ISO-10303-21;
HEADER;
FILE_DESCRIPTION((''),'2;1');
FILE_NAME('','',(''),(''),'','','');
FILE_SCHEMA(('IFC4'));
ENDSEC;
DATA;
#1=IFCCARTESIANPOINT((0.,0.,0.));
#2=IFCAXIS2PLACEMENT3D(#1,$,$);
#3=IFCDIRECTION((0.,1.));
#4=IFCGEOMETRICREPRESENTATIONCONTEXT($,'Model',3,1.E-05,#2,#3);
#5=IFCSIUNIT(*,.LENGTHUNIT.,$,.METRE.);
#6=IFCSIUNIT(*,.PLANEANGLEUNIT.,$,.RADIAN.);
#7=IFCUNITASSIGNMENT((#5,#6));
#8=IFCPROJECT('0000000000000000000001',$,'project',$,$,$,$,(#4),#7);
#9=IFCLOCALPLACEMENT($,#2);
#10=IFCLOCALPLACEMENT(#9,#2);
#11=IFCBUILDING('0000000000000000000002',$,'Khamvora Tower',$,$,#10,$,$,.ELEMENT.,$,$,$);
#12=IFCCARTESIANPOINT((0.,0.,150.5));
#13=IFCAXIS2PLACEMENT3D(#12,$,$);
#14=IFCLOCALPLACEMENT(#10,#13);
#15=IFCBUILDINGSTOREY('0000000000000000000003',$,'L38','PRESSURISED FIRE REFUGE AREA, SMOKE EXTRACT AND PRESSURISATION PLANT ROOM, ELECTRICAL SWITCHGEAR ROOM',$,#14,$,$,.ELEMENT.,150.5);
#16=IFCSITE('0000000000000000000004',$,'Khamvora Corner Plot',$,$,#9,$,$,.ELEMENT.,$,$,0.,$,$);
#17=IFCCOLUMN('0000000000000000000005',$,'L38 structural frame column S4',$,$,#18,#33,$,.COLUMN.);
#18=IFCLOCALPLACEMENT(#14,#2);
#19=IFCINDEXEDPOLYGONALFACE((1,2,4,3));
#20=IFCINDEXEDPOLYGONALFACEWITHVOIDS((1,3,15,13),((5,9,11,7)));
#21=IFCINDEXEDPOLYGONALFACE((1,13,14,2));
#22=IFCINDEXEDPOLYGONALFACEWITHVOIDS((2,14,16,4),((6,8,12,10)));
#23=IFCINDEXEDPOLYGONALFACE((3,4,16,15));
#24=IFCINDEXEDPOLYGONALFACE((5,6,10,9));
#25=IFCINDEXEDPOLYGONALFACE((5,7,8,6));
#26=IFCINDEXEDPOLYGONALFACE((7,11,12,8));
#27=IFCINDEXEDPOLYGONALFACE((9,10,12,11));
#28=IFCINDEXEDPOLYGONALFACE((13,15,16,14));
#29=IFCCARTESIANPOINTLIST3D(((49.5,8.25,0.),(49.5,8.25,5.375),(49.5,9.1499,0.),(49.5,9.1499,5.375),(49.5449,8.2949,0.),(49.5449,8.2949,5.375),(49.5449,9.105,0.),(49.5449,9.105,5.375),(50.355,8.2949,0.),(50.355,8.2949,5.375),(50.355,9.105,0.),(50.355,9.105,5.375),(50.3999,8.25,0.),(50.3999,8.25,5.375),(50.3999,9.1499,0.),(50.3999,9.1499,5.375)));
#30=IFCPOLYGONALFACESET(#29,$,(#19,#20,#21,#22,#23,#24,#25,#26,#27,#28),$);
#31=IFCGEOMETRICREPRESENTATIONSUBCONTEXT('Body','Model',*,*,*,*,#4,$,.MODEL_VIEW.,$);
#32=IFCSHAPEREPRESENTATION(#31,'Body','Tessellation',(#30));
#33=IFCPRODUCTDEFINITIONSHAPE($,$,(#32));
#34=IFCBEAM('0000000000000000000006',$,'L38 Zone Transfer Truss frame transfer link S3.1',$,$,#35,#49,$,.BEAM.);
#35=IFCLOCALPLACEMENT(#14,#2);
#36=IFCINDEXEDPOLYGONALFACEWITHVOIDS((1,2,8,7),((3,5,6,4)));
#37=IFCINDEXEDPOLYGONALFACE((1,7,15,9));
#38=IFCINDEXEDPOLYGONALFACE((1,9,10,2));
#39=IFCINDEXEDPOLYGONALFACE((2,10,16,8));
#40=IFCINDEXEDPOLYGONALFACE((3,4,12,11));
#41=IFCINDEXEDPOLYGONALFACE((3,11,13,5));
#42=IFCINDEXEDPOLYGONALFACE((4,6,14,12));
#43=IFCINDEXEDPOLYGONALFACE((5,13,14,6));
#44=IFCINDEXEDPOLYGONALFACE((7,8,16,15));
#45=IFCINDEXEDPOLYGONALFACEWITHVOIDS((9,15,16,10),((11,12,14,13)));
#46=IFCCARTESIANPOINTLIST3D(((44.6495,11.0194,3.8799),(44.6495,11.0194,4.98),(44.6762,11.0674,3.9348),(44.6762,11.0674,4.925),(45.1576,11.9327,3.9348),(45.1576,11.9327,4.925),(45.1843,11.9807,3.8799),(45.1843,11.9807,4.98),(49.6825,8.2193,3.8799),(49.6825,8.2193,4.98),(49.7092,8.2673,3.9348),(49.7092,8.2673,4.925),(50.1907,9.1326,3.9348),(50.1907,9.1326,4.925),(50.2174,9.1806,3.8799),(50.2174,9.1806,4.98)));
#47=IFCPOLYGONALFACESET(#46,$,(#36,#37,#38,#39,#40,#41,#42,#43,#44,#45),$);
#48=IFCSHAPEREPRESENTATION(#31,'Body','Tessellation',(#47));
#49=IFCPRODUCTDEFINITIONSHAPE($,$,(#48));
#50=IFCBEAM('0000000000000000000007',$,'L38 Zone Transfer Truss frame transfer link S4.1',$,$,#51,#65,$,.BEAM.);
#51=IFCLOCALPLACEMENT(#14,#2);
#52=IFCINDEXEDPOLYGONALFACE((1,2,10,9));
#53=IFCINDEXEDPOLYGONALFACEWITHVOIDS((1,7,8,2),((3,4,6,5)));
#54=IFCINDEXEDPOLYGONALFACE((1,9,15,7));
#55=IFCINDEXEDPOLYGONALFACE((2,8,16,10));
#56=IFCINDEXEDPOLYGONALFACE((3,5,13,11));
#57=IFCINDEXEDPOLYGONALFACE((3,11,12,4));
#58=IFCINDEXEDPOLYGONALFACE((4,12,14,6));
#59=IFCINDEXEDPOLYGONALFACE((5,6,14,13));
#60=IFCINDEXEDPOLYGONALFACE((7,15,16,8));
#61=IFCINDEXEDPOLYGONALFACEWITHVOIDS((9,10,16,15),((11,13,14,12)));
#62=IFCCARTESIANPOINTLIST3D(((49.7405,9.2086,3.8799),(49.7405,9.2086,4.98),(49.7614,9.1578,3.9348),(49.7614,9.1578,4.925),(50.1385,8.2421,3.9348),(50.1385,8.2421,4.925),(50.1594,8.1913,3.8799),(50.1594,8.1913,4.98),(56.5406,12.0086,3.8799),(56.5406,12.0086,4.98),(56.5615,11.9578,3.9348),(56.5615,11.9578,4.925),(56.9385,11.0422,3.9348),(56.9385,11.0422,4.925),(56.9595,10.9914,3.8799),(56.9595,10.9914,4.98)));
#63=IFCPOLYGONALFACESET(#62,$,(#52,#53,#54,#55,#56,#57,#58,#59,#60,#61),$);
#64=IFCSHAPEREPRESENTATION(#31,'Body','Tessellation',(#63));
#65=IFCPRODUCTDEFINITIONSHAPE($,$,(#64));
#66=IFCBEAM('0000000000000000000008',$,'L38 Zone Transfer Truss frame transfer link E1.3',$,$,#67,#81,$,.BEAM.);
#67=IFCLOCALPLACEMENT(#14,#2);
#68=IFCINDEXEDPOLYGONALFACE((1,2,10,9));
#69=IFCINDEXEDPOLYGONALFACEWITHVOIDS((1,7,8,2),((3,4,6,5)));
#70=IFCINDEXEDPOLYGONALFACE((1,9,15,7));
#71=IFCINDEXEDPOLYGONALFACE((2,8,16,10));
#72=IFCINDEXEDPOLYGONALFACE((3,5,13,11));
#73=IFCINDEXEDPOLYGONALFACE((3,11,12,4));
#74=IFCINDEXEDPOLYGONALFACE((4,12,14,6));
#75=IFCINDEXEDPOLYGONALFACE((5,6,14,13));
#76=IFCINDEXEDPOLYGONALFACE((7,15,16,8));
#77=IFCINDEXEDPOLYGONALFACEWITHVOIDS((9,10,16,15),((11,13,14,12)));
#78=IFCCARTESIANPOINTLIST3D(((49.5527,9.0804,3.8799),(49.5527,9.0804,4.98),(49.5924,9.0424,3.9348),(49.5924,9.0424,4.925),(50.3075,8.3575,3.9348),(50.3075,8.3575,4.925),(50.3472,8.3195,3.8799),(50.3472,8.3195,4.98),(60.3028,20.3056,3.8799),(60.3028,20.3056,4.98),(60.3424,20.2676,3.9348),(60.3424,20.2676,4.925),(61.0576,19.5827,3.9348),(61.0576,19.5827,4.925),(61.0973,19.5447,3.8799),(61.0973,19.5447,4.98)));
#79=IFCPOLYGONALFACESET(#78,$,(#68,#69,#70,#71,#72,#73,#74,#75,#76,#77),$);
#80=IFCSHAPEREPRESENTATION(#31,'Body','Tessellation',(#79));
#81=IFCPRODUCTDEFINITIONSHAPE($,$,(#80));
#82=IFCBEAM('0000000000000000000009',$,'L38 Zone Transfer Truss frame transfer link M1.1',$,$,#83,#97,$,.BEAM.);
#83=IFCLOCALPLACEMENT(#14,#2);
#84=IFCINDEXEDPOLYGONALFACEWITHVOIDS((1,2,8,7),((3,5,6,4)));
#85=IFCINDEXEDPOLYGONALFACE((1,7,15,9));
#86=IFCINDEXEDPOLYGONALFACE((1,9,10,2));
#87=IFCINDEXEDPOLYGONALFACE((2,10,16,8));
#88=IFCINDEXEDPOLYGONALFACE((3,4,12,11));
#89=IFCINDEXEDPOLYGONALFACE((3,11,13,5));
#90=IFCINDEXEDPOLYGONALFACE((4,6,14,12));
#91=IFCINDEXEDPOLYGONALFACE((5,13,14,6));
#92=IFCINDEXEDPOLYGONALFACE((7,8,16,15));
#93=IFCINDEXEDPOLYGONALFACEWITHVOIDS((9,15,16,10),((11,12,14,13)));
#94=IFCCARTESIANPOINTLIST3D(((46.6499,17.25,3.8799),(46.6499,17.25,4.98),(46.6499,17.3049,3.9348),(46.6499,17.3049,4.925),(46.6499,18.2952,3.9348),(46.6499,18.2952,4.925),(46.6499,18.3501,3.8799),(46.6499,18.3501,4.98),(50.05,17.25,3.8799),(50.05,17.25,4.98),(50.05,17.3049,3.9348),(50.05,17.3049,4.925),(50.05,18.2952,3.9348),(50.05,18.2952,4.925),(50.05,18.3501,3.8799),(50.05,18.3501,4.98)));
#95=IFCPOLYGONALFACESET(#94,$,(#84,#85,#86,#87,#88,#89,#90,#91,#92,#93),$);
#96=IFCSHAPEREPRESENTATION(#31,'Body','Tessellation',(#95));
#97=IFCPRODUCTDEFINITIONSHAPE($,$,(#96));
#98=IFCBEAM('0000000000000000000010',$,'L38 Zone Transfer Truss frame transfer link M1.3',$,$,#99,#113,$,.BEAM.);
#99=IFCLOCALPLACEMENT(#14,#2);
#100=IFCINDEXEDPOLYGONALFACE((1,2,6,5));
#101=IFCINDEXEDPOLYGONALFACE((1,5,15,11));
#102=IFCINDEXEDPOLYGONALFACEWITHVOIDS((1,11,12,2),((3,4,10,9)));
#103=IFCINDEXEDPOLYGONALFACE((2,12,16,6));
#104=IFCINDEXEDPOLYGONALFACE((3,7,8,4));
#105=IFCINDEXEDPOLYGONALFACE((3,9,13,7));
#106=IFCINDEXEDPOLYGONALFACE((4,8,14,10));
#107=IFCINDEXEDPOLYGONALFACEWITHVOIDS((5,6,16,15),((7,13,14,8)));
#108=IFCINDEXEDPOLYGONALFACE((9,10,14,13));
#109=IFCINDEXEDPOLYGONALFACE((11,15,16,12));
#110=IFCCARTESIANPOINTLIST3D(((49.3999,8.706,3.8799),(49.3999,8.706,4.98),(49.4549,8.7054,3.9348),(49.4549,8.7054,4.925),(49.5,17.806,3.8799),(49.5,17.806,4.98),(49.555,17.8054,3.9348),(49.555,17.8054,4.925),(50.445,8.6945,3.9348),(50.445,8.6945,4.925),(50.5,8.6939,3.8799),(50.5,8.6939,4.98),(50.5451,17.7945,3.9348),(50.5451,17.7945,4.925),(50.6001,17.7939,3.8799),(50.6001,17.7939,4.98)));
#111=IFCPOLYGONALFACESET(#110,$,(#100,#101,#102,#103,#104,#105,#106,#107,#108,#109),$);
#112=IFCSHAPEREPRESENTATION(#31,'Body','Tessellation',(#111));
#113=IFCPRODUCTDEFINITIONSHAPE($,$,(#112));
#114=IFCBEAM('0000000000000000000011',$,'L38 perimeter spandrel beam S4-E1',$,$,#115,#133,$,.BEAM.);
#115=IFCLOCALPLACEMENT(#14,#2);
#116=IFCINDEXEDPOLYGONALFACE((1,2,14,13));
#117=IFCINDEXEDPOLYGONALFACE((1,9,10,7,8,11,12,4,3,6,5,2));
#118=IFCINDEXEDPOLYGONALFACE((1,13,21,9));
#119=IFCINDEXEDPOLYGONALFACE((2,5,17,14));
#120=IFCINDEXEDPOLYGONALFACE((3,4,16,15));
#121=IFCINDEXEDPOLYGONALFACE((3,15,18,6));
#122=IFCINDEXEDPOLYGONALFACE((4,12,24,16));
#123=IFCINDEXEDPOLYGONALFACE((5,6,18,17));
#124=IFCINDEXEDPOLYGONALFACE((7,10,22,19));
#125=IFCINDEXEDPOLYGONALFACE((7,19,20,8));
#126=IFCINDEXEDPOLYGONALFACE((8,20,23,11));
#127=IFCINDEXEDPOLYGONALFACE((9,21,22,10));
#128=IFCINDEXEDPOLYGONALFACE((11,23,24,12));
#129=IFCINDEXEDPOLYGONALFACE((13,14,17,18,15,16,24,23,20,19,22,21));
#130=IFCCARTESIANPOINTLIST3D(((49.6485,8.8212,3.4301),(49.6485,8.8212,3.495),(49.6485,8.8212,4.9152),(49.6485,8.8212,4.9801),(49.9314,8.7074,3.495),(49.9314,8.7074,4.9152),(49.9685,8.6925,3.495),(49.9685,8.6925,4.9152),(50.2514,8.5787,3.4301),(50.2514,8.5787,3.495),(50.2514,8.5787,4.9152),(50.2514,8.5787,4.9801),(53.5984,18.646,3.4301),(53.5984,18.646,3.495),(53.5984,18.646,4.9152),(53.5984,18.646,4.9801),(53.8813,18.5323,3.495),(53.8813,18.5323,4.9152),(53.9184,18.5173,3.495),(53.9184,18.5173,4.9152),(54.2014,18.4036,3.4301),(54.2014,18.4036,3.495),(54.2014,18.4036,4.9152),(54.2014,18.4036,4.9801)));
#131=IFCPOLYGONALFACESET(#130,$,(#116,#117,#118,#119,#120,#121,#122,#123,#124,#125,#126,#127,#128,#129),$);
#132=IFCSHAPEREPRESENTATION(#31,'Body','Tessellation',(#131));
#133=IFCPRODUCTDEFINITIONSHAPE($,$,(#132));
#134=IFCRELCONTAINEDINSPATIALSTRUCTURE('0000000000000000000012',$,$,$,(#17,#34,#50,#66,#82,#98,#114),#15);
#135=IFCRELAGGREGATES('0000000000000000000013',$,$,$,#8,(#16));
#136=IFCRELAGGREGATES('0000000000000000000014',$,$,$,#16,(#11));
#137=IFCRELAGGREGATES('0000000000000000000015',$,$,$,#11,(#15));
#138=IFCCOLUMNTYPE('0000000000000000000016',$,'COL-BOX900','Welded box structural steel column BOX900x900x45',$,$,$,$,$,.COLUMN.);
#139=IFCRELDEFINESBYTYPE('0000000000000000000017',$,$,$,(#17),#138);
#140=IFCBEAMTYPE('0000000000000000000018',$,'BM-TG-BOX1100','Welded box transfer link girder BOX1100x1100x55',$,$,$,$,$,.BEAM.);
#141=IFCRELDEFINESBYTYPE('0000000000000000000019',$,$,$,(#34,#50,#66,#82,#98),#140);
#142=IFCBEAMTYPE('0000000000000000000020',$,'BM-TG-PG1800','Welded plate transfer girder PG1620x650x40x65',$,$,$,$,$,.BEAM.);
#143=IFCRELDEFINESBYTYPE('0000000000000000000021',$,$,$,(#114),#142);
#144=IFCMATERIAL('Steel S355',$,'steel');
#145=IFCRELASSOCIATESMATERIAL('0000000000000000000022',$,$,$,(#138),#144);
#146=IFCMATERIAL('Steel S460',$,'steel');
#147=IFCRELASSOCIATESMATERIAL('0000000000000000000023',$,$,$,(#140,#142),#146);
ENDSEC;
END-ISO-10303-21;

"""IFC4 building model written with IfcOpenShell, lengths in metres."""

from ifc_helpers import new_model, si_unit, direction, frame, origin, origin_2d, place, context, subcontext, project, spatial, hollow_rectangle, i_section, extrude, material, material_profile, profile_set, type_object, element, save


model = new_model("IFC4")

# Units and contexts
model_context = context("Model", 3, precision=1e-05, world=origin(), true_north=direction((0.0, 1.0)))
body_context = subcontext(model_context, "Body", "Model", "MODEL_VIEW")
ifc_project = project(units=[si_unit("LENGTHUNIT", "METRE"), si_unit("PLANEANGLEUNIT", "RADIAN")], contexts=[model_context])

# Site, building, storey
site_placement = place(None, origin())
site = spatial("IfcSite", under=ifc_project, at=site_placement, Name="Khamvora Corner Plot", CompositionType="ELEMENT", RefElevation=0.0)
building_placement = place(site_placement, origin())
building = spatial("IfcBuilding", under=site, at=building_placement, Name="Khamvora Tower", CompositionType="ELEMENT")
storey_placement = place(building_placement, frame((0.0, 0.0, 150.5)))
storey = spatial("IfcBuildingStorey", under=building, at=storey_placement, Name="L38", Description="PRESSURISED FIRE REFUGE AREA, SMOKE EXTRACT AND PRESSURISATION PLANT ROOM, ELECTRICAL SWITCHGEAR ROOM", CompositionType="ELEMENT", Elevation=150.5)

# Column
ifc_material_1 = material(Name="Steel S355", Category="steel")
ifc_material_profile_1 = material_profile(ifc_material_1, hollow_rectangle(XDim=0.8999, YDim=0.8999, WallThickness=0.0449, at=origin_2d()), Name="BOX900x900x45")
ifc_profile_set_1 = profile_set([ifc_material_profile_1], Name="Steel S355")
column_type = type_object("IfcColumnType", Name="COL-BOX900", Description="Welded box structural steel column BOX900x900x45", PredefinedType="COLUMN", material=ifc_profile_set_1)
column_placement = place(storey_placement, frame((49.95, 8.7, 0.0), z_axis=(0.0, 0.0, 1.0), x_axis=(1.0, 0.0, 0.0)))
element("IfcColumn", 1, at=column_placement, inside=storey, type_object=column_type, Name="L38 structural frame column S4", PredefinedType="COLUMN", context=body_context, shape_type="SweptSolid", body=[
    extrude(hollow_rectangle(XDim=0.8999, YDim=0.8999, WallThickness=0.0449, at=origin_2d()), origin(), (0.0, 0.0, 1.0), 5.375),
])

# Beams
ifc_material_2 = material(Name="Steel S460", Category="steel")
ifc_material_profile_2 = material_profile(ifc_material_2, hollow_rectangle(XDim=1.1001, YDim=1.1001, WallThickness=0.0549, at=origin_2d()), Name="BOX1100x1100x55")
ifc_profile_set_2 = profile_set([ifc_material_profile_2], Name="Steel S460")
beam_type_1 = type_object("IfcBeamType", Name="BM-TG-BOX1100", Description="Welded box transfer link girder BOX1100x1100x55", PredefinedType="BEAM", material=ifc_profile_set_2)
beam_1_placement = place(storey_placement, frame((49.95, 8.7, 4.4299), z_axis=(-0.873865, 0.486168, 0.0), x_axis=(-0.486168, -0.873865, 0.0)))
element("IfcBeam", 2, at=beam_1_placement, inside=storey, type_object=beam_type_1, Name="L38 Zone Transfer Truss frame transfer link S3.1", PredefinedType="BEAM", context=body_context, shape_type="SweptSolid", body=[
    extrude(hollow_rectangle(XDim=1.1001, YDim=1.1001, WallThickness=0.0549, at=origin_2d()), origin(), (0.0, 0.0, 1.0), 5.7595),
])
beam_2_placement = place(storey_placement, frame((49.95, 8.7, 4.4299), z_axis=(0.924677, 0.380753, 0.0), x_axis=(-0.380753, 0.924677, 0.0)))
element("IfcBeam", 3, at=beam_2_placement, inside=storey, type_object=beam_type_1, Name="L38 Zone Transfer Truss frame transfer link S4.1", PredefinedType="BEAM", context=body_context, shape_type="SweptSolid", body=[
    extrude(hollow_rectangle(XDim=1.1001, YDim=1.1001, WallThickness=0.0549, at=origin_2d()), origin(), (0.0, 0.0, 1.0), 7.354),
])
beam_3_placement = place(storey_placement, frame((49.95, 8.7, 4.4299), z_axis=(0.691658, 0.722226, 0.0), x_axis=(-0.722226, 0.691658, 0.0)))
element("IfcBeam", 4, at=beam_3_placement, inside=storey, type_object=beam_type_1, Name="L38 Zone Transfer Truss frame transfer link E1.3", PredefinedType="BEAM", context=body_context, shape_type="SweptSolid", body=[
    extrude(hollow_rectangle(XDim=1.1001, YDim=1.1001, WallThickness=0.0549, at=origin_2d()), origin(), (0.0, 0.0, 1.0), 15.5425),
])
beam_4_placement = place(storey_placement, frame((46.6499, 17.8, 4.4299), z_axis=(1.0, 0.0, 0.0), x_axis=(0.0, 1.0, 0.0)))
element("IfcBeam", 5, at=beam_4_placement, inside=storey, type_object=beam_type_1, Name="L38 Zone Transfer Truss frame transfer link M1.1", PredefinedType="BEAM", context=body_context, shape_type="SweptSolid", body=[
    extrude(hollow_rectangle(XDim=1.1001, YDim=1.1001, WallThickness=0.0549, at=origin_2d()), origin(), (0.0, 0.0, 1.0), 3.4001),
])
beam_5_placement = place(storey_placement, frame((49.95, 8.7, 4.4299), z_axis=(0.010999, 0.99994, 0.0), x_axis=(-0.99994, 0.010999, 0.0)))
element("IfcBeam", 6, at=beam_5_placement, inside=storey, type_object=beam_type_1, Name="L38 Zone Transfer Truss frame transfer link M1.3", PredefinedType="BEAM", context=body_context, shape_type="SweptSolid", body=[
    extrude(hollow_rectangle(XDim=1.1001, YDim=1.1001, WallThickness=0.0549, at=origin_2d()), origin(), (0.0, 0.0, 1.0), 9.1006),
])
ifc_material_profile_3 = material_profile(ifc_material_2, i_section(OverallWidth=0.6499, OverallDepth=1.55, WebThickness=0.04, FlangeThickness=0.0649, at=origin_2d()), Name="PG1550x650x40x65")
ifc_profile_set_3 = profile_set([ifc_material_profile_3], Name="Steel S460")
beam_type_2 = type_object("IfcBeamType", Name="BM-TG-PG1800", Description="Welded plate transfer girder PG1620x650x40x65", PredefinedType="BEAM", material=ifc_profile_set_3)
beam_6_placement = place(storey_placement, frame((49.95, 8.7, 4.2051), z_axis=(0.373016, 0.927825, 0.0), x_axis=(-0.927825, 0.373016, 0.0)))
element("IfcBeam", 7, at=beam_6_placement, inside=storey, type_object=beam_type_2, Name="L38 perimeter spandrel beam S4-E1", PredefinedType="BEAM", context=body_context, shape_type="SweptSolid", body=[
    extrude(i_section(OverallWidth=0.6499, OverallDepth=1.55, WebThickness=0.04, FlangeThickness=0.0649, at=origin_2d()), origin(), (0.0, 0.0, 1.0), 10.5891),
])

save(model, "model.ifc")
